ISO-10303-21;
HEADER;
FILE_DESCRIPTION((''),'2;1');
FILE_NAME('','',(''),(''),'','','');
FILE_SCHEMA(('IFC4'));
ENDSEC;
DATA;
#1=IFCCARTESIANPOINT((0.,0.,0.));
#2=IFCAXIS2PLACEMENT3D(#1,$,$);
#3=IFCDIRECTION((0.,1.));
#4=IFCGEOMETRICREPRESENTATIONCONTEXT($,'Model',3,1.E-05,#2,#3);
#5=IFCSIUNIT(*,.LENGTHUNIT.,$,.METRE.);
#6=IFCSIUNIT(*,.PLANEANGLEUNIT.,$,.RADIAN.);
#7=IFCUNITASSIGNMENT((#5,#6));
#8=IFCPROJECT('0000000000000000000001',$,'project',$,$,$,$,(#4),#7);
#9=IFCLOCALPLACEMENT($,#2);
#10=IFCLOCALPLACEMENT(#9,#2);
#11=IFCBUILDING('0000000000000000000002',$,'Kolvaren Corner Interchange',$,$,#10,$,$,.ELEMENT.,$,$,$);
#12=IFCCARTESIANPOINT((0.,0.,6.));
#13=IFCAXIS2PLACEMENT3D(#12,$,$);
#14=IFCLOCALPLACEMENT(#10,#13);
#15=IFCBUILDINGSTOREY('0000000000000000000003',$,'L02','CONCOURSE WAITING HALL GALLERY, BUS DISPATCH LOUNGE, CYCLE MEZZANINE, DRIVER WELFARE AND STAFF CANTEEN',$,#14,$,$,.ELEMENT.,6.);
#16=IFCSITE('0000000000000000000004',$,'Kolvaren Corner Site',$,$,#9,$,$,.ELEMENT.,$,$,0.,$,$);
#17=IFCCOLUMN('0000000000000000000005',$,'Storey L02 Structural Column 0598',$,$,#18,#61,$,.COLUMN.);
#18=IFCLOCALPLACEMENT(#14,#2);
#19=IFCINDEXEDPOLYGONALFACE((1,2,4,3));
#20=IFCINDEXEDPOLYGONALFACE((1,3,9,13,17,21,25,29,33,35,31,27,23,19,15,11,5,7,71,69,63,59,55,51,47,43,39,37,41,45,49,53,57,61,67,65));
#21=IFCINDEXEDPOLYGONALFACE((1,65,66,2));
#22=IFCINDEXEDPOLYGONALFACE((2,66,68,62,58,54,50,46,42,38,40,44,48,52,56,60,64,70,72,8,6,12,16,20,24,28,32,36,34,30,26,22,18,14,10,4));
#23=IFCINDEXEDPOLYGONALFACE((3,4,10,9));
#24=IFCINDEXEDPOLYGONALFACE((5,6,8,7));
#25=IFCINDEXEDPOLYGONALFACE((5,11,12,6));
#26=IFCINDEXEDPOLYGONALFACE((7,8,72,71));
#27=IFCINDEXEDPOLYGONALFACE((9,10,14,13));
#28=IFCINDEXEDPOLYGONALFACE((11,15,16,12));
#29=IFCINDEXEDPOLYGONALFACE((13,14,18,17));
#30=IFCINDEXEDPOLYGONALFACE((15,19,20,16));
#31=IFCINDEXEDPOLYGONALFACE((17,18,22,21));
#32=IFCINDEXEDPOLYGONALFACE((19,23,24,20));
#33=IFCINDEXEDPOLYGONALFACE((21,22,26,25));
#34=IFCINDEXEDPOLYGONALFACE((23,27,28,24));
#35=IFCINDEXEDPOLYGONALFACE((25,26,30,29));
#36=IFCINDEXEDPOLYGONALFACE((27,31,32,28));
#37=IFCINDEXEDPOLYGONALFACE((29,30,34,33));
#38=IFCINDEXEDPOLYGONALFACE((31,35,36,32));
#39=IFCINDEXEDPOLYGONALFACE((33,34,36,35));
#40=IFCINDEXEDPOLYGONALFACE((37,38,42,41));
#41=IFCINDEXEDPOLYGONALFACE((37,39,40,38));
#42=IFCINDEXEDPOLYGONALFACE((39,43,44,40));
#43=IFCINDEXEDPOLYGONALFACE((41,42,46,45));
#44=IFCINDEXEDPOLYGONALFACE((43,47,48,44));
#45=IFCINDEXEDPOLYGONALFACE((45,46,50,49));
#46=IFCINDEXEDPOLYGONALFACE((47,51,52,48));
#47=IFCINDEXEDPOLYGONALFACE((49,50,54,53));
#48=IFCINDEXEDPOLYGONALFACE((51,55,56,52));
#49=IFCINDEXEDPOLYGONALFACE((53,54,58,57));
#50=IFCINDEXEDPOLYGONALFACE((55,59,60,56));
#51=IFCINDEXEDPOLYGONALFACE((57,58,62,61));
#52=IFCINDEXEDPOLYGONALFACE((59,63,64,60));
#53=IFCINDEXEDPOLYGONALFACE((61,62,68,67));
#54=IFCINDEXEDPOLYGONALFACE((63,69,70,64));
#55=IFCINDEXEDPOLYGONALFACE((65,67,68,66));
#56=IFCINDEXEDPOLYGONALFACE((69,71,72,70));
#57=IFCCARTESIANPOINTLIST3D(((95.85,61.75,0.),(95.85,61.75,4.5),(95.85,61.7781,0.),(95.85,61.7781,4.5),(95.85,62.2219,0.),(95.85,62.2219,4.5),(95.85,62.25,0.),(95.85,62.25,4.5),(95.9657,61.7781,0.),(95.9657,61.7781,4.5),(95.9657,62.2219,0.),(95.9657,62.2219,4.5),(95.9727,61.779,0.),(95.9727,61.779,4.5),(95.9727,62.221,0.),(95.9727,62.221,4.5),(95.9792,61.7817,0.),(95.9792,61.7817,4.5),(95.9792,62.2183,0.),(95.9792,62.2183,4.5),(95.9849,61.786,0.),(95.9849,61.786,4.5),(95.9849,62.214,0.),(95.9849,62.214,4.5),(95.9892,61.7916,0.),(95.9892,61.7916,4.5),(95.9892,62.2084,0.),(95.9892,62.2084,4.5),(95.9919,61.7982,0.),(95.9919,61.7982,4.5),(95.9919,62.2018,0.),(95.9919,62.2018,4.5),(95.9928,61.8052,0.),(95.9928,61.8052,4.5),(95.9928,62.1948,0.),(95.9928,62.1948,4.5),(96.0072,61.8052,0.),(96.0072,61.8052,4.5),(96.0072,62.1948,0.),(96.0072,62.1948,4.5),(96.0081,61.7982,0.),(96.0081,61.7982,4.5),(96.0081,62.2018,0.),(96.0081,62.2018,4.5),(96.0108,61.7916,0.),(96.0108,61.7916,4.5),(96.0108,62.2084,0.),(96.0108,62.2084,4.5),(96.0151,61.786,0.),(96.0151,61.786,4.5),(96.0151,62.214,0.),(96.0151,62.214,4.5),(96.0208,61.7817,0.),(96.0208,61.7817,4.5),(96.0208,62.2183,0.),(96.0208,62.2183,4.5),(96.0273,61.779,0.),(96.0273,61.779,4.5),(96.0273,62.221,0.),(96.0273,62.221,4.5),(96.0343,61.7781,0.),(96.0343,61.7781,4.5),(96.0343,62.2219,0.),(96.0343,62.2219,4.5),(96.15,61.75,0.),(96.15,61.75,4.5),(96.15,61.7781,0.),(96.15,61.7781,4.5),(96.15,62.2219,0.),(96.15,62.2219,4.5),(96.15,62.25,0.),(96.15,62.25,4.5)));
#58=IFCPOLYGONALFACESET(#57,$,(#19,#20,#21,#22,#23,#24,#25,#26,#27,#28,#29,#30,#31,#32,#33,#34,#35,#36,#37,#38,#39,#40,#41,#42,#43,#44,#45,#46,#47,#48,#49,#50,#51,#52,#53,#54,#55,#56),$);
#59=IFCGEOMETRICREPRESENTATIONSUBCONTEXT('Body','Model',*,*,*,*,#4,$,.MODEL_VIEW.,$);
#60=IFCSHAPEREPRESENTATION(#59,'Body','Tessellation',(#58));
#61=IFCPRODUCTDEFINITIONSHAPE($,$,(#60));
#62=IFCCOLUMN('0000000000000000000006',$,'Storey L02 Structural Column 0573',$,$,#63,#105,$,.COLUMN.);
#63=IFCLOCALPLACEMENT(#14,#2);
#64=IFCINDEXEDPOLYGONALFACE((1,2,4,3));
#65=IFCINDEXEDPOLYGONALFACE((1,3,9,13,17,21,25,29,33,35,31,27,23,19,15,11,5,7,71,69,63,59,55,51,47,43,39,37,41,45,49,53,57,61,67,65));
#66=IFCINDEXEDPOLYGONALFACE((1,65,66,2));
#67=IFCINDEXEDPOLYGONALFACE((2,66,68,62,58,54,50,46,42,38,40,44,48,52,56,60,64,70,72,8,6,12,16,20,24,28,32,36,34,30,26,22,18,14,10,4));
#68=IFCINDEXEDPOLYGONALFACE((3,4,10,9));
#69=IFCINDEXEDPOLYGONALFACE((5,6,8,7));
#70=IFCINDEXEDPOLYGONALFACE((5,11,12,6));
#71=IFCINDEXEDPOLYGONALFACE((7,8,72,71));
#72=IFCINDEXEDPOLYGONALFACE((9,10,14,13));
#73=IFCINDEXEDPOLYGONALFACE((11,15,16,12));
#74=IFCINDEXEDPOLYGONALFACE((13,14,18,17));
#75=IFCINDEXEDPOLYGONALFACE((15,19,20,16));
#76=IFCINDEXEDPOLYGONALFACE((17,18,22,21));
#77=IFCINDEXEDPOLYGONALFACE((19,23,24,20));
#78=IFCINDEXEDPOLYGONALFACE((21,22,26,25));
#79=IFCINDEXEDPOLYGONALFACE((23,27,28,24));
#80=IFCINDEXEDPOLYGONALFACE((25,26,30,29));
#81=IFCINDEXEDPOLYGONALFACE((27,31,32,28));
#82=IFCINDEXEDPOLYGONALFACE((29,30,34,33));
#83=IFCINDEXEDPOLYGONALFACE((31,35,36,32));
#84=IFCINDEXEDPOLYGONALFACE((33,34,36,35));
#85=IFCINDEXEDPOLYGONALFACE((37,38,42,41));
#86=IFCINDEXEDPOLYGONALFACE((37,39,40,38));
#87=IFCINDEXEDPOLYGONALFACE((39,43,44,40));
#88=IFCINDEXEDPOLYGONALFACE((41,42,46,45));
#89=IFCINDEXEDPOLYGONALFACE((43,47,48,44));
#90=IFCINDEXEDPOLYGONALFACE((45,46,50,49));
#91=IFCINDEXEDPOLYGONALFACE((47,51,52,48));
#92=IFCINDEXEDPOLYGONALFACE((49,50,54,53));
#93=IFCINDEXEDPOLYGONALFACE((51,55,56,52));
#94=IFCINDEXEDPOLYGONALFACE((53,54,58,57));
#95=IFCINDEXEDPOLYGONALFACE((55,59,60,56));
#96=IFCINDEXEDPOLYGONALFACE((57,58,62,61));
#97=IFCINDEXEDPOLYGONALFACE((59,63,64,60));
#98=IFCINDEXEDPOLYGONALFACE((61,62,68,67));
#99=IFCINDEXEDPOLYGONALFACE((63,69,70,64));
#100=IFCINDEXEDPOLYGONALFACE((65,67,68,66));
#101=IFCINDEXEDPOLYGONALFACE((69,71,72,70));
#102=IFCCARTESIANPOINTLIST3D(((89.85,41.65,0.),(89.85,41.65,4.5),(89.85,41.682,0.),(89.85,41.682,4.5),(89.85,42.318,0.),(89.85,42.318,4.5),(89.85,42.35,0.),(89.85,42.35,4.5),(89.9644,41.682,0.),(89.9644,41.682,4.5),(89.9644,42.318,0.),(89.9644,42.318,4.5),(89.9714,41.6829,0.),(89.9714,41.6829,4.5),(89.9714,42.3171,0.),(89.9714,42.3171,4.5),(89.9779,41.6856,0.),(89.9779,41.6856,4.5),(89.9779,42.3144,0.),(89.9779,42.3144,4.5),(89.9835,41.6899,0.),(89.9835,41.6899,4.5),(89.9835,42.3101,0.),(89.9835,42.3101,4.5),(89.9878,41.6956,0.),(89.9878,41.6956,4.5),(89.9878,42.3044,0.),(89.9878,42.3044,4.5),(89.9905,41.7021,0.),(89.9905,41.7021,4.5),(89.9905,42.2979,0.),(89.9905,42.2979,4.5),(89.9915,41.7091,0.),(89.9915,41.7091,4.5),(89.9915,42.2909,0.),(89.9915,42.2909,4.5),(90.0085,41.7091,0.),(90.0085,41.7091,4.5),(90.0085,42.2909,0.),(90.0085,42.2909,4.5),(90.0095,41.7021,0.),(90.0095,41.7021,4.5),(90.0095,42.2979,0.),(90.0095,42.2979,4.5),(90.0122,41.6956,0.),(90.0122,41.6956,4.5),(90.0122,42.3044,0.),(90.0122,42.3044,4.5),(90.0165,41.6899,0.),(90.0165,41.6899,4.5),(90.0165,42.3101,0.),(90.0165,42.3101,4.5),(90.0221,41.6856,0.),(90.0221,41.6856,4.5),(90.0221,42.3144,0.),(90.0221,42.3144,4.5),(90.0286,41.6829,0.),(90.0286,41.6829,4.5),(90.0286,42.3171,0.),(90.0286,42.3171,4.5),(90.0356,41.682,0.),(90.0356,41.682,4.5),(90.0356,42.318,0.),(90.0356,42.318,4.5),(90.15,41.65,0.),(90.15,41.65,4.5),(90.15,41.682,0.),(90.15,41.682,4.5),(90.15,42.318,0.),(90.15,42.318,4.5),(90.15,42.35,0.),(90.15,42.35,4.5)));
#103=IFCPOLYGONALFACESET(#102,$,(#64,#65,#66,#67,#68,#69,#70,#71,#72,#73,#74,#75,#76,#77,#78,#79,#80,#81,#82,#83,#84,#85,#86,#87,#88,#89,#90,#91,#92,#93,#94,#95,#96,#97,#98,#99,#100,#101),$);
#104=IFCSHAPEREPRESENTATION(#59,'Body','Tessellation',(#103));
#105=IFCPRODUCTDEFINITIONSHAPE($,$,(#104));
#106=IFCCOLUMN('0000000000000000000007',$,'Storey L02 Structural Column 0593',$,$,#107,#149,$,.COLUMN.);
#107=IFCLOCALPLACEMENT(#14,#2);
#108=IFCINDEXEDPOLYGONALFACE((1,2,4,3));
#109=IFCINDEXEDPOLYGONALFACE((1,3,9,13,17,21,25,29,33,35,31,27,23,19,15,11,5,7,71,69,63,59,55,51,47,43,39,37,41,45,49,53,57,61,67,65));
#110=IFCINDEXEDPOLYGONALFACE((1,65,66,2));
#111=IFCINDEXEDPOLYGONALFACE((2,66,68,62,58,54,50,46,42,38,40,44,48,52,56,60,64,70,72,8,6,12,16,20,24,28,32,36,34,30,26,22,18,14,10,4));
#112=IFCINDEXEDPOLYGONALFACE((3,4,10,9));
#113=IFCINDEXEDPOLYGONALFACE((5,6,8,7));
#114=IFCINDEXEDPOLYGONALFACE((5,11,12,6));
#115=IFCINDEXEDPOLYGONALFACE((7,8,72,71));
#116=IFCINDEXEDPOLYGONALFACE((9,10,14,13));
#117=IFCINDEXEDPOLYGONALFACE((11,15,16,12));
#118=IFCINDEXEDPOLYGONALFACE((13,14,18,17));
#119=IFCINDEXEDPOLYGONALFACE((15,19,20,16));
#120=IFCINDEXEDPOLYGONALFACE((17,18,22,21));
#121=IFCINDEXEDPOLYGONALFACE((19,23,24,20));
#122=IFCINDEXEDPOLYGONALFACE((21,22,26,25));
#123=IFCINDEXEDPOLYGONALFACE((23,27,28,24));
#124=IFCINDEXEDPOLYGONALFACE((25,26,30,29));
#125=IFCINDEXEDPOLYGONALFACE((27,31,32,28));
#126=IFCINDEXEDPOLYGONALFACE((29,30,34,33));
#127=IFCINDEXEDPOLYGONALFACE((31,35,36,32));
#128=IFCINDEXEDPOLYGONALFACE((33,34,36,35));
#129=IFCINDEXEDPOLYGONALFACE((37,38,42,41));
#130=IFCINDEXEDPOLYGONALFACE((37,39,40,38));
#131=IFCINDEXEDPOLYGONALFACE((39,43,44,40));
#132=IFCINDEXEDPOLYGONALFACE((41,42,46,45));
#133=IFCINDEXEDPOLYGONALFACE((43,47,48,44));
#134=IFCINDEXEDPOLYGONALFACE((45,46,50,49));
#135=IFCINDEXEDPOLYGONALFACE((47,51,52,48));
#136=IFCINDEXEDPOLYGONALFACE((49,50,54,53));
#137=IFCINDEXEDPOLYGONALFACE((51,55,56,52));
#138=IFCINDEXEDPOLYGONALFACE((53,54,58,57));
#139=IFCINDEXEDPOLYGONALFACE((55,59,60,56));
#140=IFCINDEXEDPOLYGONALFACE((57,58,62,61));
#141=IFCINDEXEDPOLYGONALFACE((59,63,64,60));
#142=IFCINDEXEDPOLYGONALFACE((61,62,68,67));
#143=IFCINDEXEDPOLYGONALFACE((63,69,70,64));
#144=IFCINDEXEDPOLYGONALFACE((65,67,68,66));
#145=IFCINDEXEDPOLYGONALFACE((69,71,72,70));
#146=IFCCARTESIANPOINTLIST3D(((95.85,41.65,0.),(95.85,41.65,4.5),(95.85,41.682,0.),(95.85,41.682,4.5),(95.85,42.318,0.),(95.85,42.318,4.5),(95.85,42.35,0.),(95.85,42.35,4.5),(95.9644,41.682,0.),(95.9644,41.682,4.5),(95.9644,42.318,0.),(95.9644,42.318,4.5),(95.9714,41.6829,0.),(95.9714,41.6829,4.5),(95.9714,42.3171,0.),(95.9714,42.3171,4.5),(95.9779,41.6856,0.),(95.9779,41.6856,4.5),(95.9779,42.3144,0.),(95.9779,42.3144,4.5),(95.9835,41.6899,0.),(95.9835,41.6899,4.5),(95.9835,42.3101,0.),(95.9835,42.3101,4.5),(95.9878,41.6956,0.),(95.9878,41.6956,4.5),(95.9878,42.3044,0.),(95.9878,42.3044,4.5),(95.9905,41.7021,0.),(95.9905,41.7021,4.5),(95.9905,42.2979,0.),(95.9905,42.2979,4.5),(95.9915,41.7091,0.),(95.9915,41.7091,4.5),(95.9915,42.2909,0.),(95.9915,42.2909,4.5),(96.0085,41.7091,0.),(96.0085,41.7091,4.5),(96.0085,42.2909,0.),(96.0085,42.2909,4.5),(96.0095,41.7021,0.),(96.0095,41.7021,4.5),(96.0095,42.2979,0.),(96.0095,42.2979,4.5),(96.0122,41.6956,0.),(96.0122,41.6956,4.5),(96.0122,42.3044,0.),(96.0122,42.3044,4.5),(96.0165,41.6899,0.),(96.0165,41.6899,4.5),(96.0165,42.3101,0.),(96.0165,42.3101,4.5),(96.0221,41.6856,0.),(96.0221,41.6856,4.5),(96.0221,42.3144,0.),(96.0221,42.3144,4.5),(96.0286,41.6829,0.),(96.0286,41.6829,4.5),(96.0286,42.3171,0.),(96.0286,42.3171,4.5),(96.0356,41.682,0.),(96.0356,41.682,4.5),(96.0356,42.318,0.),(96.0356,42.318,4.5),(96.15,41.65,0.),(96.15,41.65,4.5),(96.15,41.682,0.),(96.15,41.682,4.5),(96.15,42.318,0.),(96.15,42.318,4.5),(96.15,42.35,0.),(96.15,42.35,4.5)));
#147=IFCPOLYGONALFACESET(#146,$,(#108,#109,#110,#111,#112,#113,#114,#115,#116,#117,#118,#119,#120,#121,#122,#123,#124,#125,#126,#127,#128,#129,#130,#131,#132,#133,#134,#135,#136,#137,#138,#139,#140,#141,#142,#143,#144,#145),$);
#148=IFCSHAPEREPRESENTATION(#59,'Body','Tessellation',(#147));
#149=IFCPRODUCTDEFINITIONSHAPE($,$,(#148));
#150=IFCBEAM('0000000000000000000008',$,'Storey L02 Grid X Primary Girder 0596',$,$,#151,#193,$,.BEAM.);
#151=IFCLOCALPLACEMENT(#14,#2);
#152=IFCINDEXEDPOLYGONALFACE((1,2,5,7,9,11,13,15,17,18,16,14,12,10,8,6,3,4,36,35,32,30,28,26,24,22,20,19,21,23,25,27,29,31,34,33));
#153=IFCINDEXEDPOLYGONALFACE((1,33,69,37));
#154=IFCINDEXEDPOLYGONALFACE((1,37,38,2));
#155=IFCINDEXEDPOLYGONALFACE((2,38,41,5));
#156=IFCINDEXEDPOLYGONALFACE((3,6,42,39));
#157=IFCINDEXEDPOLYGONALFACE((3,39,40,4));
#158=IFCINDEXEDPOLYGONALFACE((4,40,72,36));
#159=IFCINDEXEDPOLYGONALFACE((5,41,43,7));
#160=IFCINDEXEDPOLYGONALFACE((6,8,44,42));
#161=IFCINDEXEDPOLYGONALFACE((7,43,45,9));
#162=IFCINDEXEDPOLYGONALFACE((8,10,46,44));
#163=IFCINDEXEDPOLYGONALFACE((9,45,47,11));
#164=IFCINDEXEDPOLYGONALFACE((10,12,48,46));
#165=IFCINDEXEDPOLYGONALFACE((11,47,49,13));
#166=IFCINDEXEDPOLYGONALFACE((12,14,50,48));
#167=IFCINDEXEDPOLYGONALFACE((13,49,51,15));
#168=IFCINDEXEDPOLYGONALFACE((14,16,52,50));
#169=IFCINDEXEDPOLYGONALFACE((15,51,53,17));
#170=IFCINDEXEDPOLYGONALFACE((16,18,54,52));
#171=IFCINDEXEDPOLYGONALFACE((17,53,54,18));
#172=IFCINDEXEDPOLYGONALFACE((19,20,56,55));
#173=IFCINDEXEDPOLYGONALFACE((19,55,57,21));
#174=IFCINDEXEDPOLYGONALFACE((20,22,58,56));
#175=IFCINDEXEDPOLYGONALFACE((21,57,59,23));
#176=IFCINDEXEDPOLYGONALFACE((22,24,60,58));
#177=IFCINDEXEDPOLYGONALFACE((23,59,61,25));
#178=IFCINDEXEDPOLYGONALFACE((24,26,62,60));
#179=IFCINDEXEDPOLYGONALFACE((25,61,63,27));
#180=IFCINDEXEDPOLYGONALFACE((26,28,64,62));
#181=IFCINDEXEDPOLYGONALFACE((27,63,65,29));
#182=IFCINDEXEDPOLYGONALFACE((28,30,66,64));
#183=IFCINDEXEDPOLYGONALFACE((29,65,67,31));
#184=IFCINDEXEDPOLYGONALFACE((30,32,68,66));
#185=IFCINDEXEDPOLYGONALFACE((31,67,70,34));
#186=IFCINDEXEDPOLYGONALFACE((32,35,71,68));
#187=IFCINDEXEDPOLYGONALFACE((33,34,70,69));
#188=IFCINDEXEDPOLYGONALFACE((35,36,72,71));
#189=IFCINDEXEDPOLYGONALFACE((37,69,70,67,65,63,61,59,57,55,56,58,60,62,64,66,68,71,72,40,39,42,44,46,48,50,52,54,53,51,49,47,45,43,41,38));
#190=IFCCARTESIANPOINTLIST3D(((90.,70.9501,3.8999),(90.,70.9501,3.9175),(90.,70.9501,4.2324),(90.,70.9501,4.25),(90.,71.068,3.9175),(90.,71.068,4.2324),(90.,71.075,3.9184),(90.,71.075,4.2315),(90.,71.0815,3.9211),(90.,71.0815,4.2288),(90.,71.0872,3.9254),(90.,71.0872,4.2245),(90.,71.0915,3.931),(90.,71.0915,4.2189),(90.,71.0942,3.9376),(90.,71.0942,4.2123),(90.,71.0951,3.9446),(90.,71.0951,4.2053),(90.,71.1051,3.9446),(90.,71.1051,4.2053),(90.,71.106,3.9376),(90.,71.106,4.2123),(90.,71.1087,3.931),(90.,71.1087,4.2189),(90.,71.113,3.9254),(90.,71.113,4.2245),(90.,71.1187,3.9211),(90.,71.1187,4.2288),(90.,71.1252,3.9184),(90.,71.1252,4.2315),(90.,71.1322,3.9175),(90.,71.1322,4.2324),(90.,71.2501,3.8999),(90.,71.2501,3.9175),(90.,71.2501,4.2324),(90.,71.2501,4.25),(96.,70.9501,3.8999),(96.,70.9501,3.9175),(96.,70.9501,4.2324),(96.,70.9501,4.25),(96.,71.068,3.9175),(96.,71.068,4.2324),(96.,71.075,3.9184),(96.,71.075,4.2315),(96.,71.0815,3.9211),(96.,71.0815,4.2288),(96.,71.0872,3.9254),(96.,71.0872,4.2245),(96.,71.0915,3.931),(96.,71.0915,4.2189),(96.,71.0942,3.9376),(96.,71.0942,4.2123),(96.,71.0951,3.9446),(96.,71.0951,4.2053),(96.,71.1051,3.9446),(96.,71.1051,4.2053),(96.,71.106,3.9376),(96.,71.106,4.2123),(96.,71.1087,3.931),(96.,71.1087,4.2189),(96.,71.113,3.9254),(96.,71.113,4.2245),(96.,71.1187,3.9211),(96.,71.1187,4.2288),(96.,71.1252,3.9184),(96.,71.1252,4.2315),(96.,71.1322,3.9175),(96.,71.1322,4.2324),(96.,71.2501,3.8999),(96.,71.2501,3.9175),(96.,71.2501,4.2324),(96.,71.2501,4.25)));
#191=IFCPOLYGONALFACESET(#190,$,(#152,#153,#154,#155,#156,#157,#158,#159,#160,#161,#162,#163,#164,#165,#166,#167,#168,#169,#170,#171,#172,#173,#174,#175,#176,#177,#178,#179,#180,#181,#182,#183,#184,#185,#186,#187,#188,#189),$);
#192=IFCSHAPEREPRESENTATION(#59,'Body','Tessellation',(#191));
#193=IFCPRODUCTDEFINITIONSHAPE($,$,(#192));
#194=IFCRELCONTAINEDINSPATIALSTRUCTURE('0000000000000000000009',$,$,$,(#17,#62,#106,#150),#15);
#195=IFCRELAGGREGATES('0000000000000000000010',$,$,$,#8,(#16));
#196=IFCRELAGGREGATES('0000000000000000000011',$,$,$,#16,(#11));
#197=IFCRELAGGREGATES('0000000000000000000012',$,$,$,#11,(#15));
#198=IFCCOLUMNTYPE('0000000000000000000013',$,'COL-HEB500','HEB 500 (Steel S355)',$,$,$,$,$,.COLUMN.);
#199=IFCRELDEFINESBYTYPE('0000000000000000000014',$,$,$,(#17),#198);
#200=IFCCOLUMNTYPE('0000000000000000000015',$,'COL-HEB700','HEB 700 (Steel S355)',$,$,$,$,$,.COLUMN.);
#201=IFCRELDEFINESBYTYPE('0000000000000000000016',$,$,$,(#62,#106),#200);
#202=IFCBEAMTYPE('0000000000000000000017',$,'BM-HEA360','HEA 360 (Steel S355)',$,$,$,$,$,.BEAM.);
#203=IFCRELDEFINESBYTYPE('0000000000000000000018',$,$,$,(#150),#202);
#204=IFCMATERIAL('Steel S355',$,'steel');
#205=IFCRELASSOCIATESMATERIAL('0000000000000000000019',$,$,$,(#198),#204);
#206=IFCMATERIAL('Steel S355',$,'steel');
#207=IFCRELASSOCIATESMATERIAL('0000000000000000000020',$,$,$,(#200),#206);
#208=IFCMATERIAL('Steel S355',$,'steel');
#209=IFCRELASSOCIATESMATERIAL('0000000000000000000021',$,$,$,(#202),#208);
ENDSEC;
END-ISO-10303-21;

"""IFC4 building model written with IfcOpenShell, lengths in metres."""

from ifc_helpers import new_model, si_unit, direction, frame, origin, origin_2d, place, context, subcontext, project, spatial, i_section, extrude, material, material_profile, profile_set, type_object, element, save


model = new_model("IFC4")

# Units and contexts
model_context = context("Model", 3, precision=1e-05, world=origin(), true_north=direction((0.0, 1.0)))
body_context = subcontext(model_context, "Body", "Model", "MODEL_VIEW")
ifc_project = project(units=[si_unit("LENGTHUNIT", "METRE"), si_unit("PLANEANGLEUNIT", "RADIAN")], contexts=[model_context])

# Site, building, storey
site_placement = place(None, origin())
site = spatial("IfcSite", under=ifc_project, at=site_placement, Name="Kolvaren Corner Site", CompositionType="ELEMENT", RefElevation=0.0)
building_placement = place(site_placement, origin())
building = spatial("IfcBuilding", under=site, at=building_placement, Name="Kolvaren Corner Interchange", CompositionType="ELEMENT")
storey_placement = place(building_placement, frame((0.0, 0.0, 6.0)))
storey = spatial("IfcBuildingStorey", under=building, at=storey_placement, Name="L02", Description="CONCOURSE WAITING HALL GALLERY, BUS DISPATCH LOUNGE, CYCLE MEZZANINE, DRIVER WELFARE AND STAFF CANTEEN", CompositionType="ELEMENT", Elevation=6.0)

# Columns
ifc_material_1 = material(Name="Steel S355", Category="steel")
ifc_material_profile_1 = material_profile(ifc_material_1, i_section(OverallWidth=0.3, OverallDepth=0.5, WebThickness=0.0144, FlangeThickness=0.0281, FilletRadius=0.0271, at=origin_2d()), Name="HEB 500")
ifc_profile_set_1 = profile_set([ifc_material_profile_1], Name="Steel S355")
column_type_1 = type_object("IfcColumnType", Name="COL-HEB500", Description="HEB 500 (Steel S355)", PredefinedType="COLUMN", material=ifc_profile_set_1)
for number, where, z_axis, x_axis, name in (
    (1, (96.0, 62.0, 0.0), (0.0, 0.0, 1.0), (1.0, 0.0, 0.0), "Storey L02 Structural Column 0598"),
):
    element("IfcColumn", number, at=place(storey_placement, frame(where, z_axis=z_axis, x_axis=x_axis)), inside=storey, type_object=column_type_1, Name=name, PredefinedType="COLUMN", context=body_context, shape_type="SweptSolid", body=[
        extrude(i_section(OverallWidth=0.3, OverallDepth=0.5, WebThickness=0.0144, FlangeThickness=0.0281, FilletRadius=0.0271, at=origin_2d()), origin(), (0.0, 0.0, 1.0), 4.5),
    ])
ifc_material_2 = material(Name="Steel S355", Category="steel")
ifc_material_profile_2 = material_profile(ifc_material_2, i_section(OverallWidth=0.3, OverallDepth=0.7, WebThickness=0.0171, FlangeThickness=0.032, FilletRadius=0.0271, at=origin_2d()), Name="HEB 700")
ifc_profile_set_2 = profile_set([ifc_material_profile_2], Name="Steel S355")
column_type_2 = type_object("IfcColumnType", Name="COL-HEB700", Description="HEB 700 (Steel S355)", PredefinedType="COLUMN", material=ifc_profile_set_2)
for number, where, z_axis, x_axis, name in (
    (2, (90.0, 42.0, 0.0), (0.0, 0.0, 1.0), (1.0, 0.0, 0.0), "Storey L02 Structural Column 0573"),
    (3, (96.0, 42.0, 0.0), (0.0, 0.0, 1.0), (1.0, 0.0, 0.0), "Storey L02 Structural Column 0593"),
):
    element("IfcColumn", number, at=place(storey_placement, frame(where, z_axis=z_axis, x_axis=x_axis)), inside=storey, type_object=column_type_2, Name=name, PredefinedType="COLUMN", context=body_context, shape_type="SweptSolid", body=[
        extrude(i_section(OverallWidth=0.3, OverallDepth=0.7, WebThickness=0.0171, FlangeThickness=0.032, FilletRadius=0.0271, at=origin_2d()), origin(), (0.0, 0.0, 1.0), 4.5),
    ])

# Beam
ifc_material_3 = material(Name="Steel S355", Category="steel")
ifc_material_profile_3 = material_profile(ifc_material_3, i_section(OverallWidth=0.3, OverallDepth=0.3501, WebThickness=0.01, FlangeThickness=0.0176, FilletRadius=0.0271, at=origin_2d()), Name="HEA 360")
ifc_profile_set_3 = profile_set([ifc_material_profile_3], Name="Steel S355")
beam_type = type_object("IfcBeamType", Name="BM-HEA360", Description="HEA 360 (Steel S355)", PredefinedType="BEAM", material=ifc_profile_set_3)
beam_placement = place(storey_placement, frame((90.0, 71.1001, 4.075), z_axis=(1.0, 0.0, 0.0), x_axis=(0.0, 1.0, 0.0)))
element("IfcBeam", 4, at=beam_placement, inside=storey, type_object=beam_type, Name="Storey L02 Grid X Primary Girder 0596", PredefinedType="BEAM", context=body_context, shape_type="SweptSolid", body=[
    extrude(i_section(OverallWidth=0.3, OverallDepth=0.3501, WebThickness=0.01, FlangeThickness=0.0176, FilletRadius=0.0271, at=origin_2d()), origin(), (0.0, 0.0, 1.0), 6.0),
])

save(model, "model.ifc")
